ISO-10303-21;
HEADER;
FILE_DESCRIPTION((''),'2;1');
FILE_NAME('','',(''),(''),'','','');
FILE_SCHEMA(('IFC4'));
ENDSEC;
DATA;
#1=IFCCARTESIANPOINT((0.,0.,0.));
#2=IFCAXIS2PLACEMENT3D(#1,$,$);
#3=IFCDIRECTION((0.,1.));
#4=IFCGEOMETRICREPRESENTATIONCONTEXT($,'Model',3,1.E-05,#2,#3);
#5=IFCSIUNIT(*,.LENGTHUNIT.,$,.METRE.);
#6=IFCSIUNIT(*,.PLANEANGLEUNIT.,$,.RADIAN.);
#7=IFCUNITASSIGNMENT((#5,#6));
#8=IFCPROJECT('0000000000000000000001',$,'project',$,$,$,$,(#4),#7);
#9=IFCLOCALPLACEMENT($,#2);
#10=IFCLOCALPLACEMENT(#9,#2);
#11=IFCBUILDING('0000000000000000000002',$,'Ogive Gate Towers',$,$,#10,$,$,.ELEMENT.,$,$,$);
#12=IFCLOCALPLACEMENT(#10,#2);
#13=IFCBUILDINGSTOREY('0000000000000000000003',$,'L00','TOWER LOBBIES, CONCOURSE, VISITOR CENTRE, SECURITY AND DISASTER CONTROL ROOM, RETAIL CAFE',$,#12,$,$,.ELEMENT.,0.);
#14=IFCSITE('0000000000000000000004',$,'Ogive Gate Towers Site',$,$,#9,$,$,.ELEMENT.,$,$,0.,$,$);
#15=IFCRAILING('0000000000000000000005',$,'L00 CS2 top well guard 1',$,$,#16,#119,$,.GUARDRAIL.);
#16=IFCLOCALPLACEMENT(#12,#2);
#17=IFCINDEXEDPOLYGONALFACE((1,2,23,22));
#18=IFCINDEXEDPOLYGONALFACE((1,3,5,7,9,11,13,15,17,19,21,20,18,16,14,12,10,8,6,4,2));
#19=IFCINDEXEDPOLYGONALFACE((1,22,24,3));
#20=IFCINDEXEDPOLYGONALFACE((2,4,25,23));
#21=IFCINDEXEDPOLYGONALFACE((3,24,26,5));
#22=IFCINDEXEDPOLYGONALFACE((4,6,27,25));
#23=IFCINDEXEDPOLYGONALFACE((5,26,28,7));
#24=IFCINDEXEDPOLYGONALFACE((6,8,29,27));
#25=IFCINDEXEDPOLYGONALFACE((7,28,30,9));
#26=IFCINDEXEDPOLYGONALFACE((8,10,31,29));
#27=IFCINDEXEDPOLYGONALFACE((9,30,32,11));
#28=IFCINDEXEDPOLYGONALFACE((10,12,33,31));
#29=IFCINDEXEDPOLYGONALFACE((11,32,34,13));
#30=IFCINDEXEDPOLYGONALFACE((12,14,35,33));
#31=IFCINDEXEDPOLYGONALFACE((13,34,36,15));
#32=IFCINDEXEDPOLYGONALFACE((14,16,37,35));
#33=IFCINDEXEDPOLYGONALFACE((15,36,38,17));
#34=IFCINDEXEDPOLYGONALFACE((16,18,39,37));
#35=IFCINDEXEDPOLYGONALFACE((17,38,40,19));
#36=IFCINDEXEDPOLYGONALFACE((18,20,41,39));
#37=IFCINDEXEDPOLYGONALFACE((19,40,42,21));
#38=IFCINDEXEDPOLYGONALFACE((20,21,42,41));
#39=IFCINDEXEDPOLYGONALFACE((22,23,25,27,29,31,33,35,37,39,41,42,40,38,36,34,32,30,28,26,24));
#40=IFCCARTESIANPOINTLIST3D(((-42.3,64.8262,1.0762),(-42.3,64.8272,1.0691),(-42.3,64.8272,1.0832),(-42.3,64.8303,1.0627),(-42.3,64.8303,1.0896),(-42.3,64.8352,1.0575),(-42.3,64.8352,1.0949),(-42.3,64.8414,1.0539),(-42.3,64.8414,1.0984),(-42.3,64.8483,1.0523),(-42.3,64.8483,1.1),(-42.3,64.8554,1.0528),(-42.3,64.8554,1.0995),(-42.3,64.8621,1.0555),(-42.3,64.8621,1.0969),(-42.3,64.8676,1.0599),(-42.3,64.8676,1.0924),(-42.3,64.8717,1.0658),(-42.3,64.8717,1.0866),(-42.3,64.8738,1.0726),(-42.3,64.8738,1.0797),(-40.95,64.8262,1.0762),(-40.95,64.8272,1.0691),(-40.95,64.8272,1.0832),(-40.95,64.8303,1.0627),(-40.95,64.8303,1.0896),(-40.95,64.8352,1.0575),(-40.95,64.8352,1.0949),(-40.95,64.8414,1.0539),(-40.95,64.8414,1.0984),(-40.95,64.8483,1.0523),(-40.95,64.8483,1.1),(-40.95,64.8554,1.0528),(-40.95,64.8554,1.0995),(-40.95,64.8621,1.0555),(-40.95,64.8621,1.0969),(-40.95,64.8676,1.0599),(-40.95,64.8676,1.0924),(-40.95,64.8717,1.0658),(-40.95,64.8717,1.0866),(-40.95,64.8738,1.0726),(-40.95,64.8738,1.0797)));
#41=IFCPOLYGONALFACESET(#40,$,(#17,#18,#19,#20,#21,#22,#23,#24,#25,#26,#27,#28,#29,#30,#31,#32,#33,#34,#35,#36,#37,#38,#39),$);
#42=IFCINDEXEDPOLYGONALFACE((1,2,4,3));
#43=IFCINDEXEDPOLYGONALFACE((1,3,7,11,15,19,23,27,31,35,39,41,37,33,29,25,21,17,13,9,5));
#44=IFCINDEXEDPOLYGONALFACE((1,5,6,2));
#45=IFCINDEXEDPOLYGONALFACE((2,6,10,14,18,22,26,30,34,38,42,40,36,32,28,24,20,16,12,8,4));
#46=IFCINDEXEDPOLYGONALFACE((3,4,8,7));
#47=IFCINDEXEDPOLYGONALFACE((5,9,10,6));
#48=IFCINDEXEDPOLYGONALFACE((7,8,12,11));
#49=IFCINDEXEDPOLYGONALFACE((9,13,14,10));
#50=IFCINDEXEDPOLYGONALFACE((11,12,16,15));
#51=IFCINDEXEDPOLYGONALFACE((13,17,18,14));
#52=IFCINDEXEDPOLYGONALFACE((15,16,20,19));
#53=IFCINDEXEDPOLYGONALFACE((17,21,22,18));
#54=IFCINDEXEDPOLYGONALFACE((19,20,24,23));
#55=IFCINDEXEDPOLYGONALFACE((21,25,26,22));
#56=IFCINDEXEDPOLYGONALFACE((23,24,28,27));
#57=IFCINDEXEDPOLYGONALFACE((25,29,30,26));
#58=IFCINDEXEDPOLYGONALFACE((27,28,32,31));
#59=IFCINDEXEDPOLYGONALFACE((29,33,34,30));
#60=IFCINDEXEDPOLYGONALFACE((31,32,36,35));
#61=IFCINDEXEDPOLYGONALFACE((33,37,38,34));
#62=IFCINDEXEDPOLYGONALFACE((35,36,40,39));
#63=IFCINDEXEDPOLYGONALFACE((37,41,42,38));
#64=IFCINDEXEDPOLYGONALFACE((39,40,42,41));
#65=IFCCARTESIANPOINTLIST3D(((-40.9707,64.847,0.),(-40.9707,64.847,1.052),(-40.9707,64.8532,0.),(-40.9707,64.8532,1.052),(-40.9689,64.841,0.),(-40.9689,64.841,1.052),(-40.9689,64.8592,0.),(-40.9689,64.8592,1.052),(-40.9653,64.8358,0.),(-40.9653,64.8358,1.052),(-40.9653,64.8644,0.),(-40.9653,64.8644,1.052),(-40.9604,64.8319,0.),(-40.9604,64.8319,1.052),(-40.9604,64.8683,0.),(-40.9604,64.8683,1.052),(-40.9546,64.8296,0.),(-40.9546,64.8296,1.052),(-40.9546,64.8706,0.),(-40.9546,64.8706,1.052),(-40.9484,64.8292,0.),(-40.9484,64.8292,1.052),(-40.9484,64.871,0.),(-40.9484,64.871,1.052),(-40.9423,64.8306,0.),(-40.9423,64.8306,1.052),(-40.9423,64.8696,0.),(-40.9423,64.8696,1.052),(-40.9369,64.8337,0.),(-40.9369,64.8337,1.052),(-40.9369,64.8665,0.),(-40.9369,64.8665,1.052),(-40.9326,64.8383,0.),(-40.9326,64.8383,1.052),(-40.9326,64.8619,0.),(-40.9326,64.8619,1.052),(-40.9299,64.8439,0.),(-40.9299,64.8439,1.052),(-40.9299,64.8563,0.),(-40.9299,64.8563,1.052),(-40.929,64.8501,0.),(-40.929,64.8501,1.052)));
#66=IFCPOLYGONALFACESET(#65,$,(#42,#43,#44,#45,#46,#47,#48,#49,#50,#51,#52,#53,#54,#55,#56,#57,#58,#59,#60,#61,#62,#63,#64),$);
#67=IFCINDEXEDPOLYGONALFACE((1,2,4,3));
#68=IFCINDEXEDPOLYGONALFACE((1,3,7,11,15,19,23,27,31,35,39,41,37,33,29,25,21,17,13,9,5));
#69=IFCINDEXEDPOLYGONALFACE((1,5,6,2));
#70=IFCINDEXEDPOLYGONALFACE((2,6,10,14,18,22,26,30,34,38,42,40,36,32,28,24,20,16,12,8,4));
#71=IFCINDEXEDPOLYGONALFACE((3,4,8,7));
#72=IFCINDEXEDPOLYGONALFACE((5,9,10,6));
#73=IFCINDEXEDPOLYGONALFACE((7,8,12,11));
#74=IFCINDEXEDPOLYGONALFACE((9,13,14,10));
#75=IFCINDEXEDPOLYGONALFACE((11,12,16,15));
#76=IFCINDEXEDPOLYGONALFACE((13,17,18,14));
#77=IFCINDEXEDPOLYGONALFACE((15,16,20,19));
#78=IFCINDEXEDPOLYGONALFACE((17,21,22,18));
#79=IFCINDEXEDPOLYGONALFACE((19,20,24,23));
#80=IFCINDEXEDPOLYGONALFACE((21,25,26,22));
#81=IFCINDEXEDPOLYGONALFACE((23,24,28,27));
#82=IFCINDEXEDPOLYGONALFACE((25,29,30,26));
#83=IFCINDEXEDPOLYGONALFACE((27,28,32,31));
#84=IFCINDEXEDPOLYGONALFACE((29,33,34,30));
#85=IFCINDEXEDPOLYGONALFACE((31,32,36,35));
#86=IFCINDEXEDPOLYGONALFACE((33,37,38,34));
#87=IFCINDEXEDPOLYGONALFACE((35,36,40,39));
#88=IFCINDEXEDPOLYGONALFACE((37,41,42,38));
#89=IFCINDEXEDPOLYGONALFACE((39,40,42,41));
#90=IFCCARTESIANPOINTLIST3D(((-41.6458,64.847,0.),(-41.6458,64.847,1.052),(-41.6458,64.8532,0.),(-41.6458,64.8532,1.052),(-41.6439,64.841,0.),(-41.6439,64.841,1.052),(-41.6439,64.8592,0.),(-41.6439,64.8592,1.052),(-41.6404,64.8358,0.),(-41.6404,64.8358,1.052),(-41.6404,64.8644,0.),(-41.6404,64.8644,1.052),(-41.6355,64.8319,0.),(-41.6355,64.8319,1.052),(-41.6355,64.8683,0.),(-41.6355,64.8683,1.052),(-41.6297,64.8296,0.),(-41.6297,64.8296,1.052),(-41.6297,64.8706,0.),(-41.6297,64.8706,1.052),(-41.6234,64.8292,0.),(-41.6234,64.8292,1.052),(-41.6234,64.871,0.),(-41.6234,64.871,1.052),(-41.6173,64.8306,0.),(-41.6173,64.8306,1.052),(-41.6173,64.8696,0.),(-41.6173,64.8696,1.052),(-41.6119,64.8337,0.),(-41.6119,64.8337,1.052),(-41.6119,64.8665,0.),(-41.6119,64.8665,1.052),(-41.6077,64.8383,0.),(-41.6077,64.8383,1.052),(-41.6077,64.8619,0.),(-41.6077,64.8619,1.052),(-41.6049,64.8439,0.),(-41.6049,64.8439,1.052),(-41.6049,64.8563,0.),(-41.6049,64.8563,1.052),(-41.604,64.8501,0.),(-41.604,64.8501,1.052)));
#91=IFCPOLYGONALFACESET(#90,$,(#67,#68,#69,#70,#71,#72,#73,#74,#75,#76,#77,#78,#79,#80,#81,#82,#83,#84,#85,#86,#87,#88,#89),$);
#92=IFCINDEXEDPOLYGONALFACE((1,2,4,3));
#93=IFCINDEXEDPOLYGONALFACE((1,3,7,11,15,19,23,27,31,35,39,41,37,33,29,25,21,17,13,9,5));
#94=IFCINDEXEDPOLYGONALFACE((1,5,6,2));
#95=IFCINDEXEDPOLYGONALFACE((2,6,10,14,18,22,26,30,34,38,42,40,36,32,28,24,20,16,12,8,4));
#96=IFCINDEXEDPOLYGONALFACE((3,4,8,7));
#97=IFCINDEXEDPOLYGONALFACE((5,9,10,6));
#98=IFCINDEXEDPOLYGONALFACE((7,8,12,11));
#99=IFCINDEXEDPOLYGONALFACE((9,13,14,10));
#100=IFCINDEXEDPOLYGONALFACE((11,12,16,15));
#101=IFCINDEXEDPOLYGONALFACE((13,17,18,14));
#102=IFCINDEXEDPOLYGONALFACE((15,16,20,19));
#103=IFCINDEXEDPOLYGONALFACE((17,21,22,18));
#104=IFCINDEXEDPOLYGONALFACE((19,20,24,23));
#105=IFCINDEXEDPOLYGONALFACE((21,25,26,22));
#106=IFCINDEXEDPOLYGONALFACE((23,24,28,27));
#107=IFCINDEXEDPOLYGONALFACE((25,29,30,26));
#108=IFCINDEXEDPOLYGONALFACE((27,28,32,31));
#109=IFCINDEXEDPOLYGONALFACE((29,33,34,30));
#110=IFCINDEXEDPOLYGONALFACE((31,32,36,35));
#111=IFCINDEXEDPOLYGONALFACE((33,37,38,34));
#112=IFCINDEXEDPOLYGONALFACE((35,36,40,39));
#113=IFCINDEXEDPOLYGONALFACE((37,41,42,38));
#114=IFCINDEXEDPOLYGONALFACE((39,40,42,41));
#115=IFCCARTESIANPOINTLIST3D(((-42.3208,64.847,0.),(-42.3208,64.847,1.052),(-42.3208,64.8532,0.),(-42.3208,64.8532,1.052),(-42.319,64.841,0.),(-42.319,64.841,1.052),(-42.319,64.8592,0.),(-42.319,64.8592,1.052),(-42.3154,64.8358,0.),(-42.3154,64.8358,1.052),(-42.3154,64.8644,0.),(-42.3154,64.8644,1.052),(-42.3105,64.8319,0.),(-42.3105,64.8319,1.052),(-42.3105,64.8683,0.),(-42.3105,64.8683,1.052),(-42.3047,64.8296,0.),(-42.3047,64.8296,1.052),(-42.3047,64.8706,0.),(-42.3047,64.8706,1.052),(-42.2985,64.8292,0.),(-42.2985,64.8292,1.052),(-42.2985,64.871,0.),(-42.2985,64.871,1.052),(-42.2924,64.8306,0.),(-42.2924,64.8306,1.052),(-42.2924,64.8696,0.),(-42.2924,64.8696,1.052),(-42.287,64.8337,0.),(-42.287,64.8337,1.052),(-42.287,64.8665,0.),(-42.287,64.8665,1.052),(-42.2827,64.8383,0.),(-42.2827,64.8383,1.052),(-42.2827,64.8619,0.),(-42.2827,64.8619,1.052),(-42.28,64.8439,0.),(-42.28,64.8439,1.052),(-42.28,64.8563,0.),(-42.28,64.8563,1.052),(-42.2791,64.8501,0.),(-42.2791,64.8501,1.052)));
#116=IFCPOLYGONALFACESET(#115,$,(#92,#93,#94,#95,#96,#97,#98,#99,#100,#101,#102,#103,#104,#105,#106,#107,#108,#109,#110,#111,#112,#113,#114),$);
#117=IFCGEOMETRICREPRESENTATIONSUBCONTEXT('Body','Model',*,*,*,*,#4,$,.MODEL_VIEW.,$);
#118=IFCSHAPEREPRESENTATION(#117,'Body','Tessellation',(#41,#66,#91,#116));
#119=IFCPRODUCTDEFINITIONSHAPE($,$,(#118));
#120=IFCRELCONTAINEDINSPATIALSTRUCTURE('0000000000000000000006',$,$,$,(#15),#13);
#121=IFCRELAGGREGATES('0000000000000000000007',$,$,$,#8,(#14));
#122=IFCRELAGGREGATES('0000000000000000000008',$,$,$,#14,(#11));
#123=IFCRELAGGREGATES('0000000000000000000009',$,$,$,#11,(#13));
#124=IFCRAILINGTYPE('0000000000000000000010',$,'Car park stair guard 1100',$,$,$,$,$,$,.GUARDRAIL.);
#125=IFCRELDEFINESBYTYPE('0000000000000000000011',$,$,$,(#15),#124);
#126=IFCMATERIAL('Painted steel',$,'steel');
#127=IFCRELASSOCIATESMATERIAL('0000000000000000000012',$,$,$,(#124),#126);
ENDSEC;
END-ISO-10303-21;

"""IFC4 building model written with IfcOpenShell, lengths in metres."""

from ifc_helpers import new_model, si_unit, direction, frame, origin, origin_2d, place, context, subcontext, project, spatial, circle, extrude, material, type_object, element, save


model = new_model("IFC4")

# Units and contexts
model_context = context("Model", 3, precision=1e-05, world=origin(), true_north=direction((0.0, 1.0)))
body_context = subcontext(model_context, "Body", "Model", "MODEL_VIEW")
ifc_project = project(units=[si_unit("LENGTHUNIT", "METRE"), si_unit("PLANEANGLEUNIT", "RADIAN")], contexts=[model_context])

# Site, building, storey
site_placement = place(None, origin())
site = spatial("IfcSite", under=ifc_project, at=site_placement, Name="Ogive Gate Towers Site", CompositionType="ELEMENT", RefElevation=0.0)
building_placement = place(site_placement, origin())
building = spatial("IfcBuilding", under=site, at=building_placement, Name="Ogive Gate Towers", CompositionType="ELEMENT")
storey_placement = place(building_placement, origin())
storey = spatial("IfcBuildingStorey", under=building, at=storey_placement, Name="L00", Description="TOWER LOBBIES, CONCOURSE, VISITOR CENTRE, SECURITY AND DISASTER CONTROL ROOM, RETAIL CAFE", CompositionType="ELEMENT", Elevation=0.0)

# Railing
ifc_material_1 = material(Name="Painted steel", Category="steel")
railing_type_1 = type_object("IfcRailingType", Name="Car park stair guard 1100", PredefinedType="GUARDRAIL", material=ifc_material_1)
railing_1_placement = place(storey_placement, frame((-40.95, 64.8501, 0.0)))
element("IfcRailing", 1, at=railing_1_placement, inside=storey, type_object=railing_type_1, Name="L00 CS2 top well guard 1", PredefinedType="GUARDRAIL", context=body_context, shape_type="SweptSolid", body=[
    extrude(circle(Radius=0.0239, at=origin_2d()), frame((0.0, 0.0, 1.0762), z_axis=(-1.0, 0.0, 0.0), x_axis=(0.0, -1.0, 0.0)), (0.0, 0.0, 1.0), 1.3501),
    extrude(circle(Radius=0.021, at=origin_2d()), origin(), (0.0, 0.0, 1.0), 1.052),
    extrude(circle(Radius=0.021, at=origin_2d()), frame((-0.675, 0.0, 0.0)), (0.0, 0.0, 1.0), 1.052),
    extrude(circle(Radius=0.021, at=origin_2d()), frame((-1.3501, 0.0, 0.0)), (0.0, 0.0, 1.0), 1.052),
])

save(model, "model.ifc")
